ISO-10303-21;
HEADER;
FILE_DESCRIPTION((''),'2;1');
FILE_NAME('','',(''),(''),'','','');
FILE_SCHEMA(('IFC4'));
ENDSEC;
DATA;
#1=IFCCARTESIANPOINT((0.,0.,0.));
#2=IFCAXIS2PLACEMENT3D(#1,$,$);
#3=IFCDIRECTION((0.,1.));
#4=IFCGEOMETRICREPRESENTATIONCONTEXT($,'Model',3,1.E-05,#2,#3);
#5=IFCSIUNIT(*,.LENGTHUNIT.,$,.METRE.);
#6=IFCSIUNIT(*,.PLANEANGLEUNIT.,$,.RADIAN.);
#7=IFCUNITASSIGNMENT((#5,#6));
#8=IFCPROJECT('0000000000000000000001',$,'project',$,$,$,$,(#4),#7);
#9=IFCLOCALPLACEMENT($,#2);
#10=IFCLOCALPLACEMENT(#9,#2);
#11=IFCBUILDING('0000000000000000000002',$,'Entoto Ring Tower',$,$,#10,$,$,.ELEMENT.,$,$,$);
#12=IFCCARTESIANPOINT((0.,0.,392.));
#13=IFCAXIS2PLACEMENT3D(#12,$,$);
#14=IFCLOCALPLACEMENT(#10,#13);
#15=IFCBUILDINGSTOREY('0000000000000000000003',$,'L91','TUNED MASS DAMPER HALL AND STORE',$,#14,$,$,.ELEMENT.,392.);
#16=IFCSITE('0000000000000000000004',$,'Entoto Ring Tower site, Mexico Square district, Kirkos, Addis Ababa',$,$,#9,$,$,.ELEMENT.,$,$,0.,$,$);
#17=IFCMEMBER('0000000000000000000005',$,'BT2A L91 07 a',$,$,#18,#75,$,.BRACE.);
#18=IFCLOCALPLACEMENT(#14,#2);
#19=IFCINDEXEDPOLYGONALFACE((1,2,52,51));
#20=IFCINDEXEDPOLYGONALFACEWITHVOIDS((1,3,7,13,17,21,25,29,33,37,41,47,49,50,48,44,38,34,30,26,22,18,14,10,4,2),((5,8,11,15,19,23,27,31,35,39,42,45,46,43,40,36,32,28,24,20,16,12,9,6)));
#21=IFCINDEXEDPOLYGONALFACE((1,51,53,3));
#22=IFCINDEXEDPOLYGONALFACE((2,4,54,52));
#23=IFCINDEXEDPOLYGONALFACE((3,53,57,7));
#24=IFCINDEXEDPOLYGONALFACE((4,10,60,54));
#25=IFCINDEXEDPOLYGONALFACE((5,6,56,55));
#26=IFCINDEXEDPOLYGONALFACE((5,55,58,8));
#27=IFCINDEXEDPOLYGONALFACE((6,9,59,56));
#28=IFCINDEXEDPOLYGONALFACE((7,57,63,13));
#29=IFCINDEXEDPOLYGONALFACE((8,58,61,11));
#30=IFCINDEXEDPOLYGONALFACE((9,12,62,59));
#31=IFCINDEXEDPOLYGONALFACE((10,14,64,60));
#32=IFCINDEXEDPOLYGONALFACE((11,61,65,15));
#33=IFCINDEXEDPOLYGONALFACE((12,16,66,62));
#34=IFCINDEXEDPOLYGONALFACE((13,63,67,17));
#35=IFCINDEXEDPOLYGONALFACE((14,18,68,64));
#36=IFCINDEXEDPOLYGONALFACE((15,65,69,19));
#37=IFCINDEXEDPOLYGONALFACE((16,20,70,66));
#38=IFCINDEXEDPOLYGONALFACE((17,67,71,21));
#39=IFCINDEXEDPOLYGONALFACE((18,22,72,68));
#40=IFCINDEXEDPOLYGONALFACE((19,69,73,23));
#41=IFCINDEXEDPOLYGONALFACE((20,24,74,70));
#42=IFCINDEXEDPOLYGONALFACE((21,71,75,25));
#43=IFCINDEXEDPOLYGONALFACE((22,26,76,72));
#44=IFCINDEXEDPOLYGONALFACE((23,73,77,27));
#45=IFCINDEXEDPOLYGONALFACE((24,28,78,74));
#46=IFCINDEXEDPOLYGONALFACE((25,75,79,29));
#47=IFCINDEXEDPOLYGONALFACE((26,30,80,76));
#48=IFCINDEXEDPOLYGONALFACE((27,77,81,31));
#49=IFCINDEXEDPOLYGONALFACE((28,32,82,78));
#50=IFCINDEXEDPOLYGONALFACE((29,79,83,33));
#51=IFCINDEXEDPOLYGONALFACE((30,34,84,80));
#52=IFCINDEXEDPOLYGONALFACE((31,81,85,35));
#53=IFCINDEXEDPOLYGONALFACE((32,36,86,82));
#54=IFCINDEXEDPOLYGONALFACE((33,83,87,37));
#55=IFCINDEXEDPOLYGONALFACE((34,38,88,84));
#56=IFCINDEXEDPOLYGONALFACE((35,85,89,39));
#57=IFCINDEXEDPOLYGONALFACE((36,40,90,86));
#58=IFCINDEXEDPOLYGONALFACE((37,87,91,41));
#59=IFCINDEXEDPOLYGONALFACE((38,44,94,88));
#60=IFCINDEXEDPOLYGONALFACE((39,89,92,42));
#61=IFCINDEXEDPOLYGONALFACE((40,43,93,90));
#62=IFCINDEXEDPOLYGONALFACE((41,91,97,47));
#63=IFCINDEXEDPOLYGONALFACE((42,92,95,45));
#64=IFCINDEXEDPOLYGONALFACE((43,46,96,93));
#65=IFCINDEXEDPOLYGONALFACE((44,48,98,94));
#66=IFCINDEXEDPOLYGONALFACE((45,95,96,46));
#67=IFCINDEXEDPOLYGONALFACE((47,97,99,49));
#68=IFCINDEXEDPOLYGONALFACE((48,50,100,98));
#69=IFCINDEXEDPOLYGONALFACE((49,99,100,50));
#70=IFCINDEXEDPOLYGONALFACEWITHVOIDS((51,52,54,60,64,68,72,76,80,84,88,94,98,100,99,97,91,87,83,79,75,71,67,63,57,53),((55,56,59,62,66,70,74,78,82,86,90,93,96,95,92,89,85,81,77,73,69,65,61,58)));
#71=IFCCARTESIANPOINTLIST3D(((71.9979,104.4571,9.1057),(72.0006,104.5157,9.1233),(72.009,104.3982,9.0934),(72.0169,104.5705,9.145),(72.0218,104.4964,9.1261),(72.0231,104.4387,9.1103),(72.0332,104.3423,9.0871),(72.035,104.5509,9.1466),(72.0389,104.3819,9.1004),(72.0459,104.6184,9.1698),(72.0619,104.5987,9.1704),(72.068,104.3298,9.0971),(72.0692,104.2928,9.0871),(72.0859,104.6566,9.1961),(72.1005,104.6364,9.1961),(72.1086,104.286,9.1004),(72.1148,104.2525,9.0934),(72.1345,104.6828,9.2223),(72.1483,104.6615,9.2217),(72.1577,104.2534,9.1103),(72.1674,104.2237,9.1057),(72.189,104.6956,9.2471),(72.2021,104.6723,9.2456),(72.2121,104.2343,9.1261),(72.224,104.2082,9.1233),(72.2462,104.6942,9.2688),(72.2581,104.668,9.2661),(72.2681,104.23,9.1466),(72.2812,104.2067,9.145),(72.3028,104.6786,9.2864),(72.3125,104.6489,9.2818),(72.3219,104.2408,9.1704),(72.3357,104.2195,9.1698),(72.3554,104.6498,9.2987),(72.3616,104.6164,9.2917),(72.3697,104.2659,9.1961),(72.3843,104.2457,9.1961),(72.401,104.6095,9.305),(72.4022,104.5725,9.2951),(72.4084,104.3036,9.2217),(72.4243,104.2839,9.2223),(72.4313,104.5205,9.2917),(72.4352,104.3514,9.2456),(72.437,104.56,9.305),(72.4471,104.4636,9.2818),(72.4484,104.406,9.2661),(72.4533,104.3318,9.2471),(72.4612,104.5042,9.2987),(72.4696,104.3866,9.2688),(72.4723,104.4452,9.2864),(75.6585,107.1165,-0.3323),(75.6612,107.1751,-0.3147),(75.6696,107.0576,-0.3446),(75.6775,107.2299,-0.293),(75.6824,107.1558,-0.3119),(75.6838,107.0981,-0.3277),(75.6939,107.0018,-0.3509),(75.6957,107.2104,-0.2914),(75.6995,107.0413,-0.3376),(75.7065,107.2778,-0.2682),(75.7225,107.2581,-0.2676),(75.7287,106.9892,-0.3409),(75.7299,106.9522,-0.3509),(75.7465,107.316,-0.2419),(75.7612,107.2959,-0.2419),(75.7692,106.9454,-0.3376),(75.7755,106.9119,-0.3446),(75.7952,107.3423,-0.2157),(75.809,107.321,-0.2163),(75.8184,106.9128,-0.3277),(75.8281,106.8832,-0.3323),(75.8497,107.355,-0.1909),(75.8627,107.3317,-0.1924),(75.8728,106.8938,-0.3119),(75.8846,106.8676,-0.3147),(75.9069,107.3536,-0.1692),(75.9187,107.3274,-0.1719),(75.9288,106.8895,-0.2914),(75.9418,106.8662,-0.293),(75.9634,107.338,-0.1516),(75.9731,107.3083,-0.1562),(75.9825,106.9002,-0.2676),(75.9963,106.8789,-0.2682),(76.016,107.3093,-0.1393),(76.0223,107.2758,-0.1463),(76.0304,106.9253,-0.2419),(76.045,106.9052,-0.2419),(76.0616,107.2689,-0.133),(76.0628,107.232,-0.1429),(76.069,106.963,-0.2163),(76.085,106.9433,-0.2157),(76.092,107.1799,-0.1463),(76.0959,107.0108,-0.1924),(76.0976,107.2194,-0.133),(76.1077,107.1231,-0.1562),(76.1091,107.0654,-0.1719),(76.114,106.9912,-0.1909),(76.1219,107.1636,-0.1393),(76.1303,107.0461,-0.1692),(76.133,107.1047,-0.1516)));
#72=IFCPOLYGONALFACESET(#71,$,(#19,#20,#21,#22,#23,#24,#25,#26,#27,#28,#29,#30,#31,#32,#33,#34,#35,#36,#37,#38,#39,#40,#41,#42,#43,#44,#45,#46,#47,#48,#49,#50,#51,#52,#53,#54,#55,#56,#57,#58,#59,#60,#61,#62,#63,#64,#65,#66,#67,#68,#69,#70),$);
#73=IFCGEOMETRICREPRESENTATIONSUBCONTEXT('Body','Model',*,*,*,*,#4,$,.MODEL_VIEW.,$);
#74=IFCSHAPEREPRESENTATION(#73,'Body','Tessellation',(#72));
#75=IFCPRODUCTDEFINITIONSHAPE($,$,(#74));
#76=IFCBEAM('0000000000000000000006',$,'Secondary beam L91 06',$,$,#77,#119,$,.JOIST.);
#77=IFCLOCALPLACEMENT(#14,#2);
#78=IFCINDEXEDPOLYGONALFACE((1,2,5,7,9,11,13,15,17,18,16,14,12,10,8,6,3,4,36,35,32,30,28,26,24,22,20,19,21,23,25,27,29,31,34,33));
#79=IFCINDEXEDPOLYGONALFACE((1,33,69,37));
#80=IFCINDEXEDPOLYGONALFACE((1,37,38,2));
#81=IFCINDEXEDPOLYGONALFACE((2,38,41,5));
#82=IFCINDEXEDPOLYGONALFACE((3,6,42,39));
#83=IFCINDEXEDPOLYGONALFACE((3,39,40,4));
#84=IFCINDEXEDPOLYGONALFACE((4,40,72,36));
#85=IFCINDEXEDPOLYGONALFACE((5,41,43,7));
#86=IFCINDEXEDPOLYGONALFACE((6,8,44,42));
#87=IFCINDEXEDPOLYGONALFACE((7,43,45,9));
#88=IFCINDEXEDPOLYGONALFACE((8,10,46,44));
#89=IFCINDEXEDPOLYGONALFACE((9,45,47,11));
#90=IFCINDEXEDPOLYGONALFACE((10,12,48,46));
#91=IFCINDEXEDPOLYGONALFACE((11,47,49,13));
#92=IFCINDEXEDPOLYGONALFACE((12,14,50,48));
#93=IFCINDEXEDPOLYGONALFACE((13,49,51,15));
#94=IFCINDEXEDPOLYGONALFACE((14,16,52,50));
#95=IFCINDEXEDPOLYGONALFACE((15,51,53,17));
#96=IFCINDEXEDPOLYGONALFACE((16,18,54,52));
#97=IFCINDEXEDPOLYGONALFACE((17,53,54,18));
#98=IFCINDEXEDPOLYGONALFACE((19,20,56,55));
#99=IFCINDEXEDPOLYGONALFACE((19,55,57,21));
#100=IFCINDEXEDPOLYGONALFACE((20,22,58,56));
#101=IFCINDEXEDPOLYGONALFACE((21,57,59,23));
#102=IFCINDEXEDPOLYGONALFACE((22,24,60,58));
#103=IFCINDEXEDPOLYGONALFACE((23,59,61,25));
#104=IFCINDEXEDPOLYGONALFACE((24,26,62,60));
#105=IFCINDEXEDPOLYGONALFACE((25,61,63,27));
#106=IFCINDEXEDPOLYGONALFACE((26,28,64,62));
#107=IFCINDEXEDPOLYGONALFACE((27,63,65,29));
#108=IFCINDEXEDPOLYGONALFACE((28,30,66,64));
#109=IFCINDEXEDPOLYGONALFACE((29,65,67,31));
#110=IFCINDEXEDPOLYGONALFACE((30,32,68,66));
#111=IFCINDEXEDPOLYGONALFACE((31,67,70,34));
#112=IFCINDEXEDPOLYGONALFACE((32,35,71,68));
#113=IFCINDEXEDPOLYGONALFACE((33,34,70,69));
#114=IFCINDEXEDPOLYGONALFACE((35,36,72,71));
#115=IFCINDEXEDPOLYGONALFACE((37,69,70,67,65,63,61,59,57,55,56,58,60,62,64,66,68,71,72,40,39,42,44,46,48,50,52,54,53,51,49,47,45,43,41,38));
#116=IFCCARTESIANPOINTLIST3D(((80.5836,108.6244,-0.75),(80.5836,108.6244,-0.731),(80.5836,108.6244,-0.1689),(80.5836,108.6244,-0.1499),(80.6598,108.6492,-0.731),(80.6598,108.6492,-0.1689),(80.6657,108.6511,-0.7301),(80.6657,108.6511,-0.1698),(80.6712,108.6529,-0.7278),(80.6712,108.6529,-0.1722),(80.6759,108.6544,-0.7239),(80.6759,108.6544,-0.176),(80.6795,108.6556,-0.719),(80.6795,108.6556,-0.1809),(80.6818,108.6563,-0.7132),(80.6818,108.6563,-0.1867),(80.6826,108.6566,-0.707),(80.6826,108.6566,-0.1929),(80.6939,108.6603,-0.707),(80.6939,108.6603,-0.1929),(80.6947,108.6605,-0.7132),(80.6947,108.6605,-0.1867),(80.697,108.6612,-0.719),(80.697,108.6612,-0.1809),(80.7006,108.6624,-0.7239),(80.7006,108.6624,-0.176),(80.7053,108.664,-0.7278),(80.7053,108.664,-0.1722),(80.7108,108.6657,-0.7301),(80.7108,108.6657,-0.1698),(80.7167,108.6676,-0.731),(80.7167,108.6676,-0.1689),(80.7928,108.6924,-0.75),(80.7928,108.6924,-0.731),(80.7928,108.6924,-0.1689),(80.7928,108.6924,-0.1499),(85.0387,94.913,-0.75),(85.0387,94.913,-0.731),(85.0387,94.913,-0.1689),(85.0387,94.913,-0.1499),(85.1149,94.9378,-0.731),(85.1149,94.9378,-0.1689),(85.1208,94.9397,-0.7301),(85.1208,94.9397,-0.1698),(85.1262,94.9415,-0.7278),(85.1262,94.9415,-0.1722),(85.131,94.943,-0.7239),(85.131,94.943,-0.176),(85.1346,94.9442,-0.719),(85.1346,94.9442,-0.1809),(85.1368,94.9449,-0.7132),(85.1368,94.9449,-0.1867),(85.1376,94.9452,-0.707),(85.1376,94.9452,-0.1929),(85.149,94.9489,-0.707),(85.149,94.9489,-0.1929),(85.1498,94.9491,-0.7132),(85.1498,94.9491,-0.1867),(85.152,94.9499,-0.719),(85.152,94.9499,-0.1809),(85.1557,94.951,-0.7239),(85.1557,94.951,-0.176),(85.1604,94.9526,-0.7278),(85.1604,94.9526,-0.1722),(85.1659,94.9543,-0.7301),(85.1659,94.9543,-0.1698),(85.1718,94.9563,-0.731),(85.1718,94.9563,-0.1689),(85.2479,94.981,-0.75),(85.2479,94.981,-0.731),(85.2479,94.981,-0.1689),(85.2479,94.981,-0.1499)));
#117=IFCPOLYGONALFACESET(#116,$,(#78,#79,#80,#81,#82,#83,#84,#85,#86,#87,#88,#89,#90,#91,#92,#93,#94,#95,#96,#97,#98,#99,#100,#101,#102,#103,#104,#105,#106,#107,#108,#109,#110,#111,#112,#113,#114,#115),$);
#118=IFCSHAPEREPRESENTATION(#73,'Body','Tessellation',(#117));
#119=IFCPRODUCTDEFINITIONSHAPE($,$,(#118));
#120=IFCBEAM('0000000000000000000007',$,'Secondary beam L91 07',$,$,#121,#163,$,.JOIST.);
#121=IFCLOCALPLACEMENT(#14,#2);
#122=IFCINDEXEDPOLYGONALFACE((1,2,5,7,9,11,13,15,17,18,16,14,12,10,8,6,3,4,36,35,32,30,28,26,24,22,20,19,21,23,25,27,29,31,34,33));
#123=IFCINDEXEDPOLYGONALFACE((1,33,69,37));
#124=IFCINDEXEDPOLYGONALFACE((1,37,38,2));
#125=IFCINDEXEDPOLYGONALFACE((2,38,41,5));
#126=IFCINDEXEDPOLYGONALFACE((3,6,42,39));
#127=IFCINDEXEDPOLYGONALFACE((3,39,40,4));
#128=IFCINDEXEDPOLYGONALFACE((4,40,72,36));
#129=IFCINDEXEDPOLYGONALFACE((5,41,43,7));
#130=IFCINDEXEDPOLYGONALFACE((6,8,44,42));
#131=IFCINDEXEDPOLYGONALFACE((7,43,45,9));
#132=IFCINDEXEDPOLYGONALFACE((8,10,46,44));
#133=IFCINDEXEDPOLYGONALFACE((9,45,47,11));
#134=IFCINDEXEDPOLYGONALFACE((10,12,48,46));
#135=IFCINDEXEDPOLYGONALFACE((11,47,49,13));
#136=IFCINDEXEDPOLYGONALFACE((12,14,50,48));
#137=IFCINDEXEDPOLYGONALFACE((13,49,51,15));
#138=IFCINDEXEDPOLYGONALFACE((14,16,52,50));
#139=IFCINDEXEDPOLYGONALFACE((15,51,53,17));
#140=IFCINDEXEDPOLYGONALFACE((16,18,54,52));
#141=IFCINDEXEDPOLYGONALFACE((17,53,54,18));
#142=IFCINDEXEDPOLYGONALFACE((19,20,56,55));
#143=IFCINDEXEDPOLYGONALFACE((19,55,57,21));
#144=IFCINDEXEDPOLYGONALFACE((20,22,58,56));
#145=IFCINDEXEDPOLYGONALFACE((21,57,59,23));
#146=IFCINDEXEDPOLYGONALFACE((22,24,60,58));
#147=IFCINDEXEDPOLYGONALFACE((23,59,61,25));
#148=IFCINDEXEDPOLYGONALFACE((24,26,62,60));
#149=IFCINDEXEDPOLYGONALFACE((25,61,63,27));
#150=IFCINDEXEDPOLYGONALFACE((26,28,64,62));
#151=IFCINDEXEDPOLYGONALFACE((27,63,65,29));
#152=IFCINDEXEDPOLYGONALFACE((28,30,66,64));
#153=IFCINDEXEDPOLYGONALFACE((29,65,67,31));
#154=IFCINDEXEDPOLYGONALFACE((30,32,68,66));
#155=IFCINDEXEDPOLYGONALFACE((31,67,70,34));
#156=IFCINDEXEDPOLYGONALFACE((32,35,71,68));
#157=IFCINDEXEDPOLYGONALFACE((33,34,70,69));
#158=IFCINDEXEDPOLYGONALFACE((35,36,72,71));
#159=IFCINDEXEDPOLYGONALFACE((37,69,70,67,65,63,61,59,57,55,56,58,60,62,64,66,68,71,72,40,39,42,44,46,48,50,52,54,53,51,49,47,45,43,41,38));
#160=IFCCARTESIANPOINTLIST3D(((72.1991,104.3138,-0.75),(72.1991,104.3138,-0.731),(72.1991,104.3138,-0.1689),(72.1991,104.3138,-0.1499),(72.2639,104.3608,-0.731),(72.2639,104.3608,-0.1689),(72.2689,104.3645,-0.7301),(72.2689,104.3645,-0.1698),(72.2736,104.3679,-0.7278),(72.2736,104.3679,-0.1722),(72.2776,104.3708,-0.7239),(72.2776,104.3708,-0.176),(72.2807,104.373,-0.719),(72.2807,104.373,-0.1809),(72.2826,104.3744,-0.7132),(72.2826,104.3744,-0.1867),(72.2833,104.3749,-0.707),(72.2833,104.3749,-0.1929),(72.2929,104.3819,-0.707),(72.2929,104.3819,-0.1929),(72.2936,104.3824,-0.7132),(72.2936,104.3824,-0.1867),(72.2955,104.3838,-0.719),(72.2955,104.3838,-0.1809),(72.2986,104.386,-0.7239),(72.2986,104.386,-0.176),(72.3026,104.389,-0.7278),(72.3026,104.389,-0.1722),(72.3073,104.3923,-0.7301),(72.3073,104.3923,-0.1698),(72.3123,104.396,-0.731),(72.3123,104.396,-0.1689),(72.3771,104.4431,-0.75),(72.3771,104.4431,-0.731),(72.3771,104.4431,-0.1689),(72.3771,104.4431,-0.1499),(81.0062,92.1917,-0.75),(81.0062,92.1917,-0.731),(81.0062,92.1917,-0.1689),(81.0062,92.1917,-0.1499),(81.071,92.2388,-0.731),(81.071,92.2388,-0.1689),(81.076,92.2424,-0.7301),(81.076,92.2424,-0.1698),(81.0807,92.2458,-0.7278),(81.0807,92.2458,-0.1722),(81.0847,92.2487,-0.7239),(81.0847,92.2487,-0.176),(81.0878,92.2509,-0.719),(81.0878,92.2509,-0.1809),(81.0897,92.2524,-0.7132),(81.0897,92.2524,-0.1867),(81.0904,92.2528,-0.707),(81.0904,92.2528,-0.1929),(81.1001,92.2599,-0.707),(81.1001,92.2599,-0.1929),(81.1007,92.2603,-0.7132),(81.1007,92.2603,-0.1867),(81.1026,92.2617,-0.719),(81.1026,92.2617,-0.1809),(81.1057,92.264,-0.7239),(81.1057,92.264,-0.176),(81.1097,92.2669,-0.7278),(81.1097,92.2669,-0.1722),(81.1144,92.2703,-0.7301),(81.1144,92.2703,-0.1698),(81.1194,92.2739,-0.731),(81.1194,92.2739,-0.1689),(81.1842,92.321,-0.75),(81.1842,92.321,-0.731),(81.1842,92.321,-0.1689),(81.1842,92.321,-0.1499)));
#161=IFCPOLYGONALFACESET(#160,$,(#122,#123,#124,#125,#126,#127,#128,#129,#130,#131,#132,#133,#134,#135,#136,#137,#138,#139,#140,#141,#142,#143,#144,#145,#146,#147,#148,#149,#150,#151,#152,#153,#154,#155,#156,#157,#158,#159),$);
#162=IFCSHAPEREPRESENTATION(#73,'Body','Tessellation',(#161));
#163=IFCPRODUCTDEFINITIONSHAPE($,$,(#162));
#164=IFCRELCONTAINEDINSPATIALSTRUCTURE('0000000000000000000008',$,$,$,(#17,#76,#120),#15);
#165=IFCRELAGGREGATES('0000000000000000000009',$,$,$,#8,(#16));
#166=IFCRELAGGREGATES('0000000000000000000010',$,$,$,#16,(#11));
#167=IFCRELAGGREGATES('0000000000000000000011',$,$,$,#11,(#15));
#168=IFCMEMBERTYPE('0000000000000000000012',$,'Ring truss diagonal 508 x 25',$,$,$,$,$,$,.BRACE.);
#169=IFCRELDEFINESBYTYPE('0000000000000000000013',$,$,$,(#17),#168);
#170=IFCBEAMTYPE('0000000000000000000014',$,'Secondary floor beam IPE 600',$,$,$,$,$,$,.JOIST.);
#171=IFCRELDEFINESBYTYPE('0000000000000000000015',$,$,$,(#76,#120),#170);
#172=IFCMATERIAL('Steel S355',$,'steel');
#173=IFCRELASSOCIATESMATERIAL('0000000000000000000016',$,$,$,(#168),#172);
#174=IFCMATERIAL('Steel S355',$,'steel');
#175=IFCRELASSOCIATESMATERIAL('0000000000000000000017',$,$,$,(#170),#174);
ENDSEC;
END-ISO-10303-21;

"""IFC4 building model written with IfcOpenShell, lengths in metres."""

from ifc_helpers import new_model, si_unit, direction, frame, origin, origin_2d, place, context, subcontext, project, spatial, circle, hollow_circle, i_section, extrude, material, material_profile, profile_set, type_object, element, save


model = new_model("IFC4")

# Units and contexts
model_context = context("Model", 3, precision=1e-05, world=origin(), true_north=direction((0.0, 1.0)))
body_context = subcontext(model_context, "Body", "Model", "MODEL_VIEW")
ifc_project = project(units=[si_unit("LENGTHUNIT", "METRE"), si_unit("PLANEANGLEUNIT", "RADIAN")], contexts=[model_context])

# Site, building, storey
site_placement = place(None, origin())
site = spatial("IfcSite", under=ifc_project, at=site_placement, Name="Entoto Ring Tower site, Mexico Square district, Kirkos, Addis Ababa", CompositionType="ELEMENT", RefElevation=0.0)
building_placement = place(site_placement, origin())
building = spatial("IfcBuilding", under=site, at=building_placement, Name="Entoto Ring Tower", CompositionType="ELEMENT")
storey_placement = place(building_placement, frame((0.0, 0.0, 392.0)))
storey = spatial("IfcBuildingStorey", under=building, at=storey_placement, Name="L91", Description="TUNED MASS DAMPER HALL AND STORE", CompositionType="ELEMENT", Elevation=392.0)

# Member
ifc_material_1 = material(Name="Steel S355", Category="steel")
ifc_material_profile_1 = material_profile(ifc_material_1, hollow_circle(Radius=0.2539, WallThickness=0.0249, at=origin_2d()), Name="CHS 508 x 25")
ifc_material_2 = material(Name="Concrete C60/75", Category="concrete")
ifc_material_profile_2 = material_profile(ifc_material_2, circle(Radius=0.229, at=origin_2d()), Name="Concrete C60/75 infill")
ifc_profile_set_1 = profile_set([ifc_material_profile_1, ifc_material_profile_2], Name="Steel S355")
member_type_1 = type_object("IfcMemberType", Name="Ring truss diagonal 508 x 25", PredefinedType="BRACE", material=ifc_profile_set_1)
for number, where, z_axis, x_axis, name in (
    (1, (75.8958, 107.1106, -0.2419), (-0.349747, -0.254088, 0.901729), (0.587758, -0.809037, 0.0), "BT2A L91 07 a"),
):
    element("IfcMember", number, at=place(storey_placement, frame(where, z_axis=z_axis, x_axis=x_axis)), inside=storey, type_object=member_type_1, Name=name, PredefinedType="BRACE", context=body_context, shape_type="SweptSolid", body=[
        extrude(hollow_circle(Radius=0.2539, WallThickness=0.0249, at=origin_2d()), origin(), (0.0, 0.0, 1.0), 10.4666),
    ])

# Beams
ifc_material_3 = material(Name="Steel S355", Category="steel")
ifc_material_profile_3 = material_profile(ifc_material_3, i_section(OverallWidth=0.22, OverallDepth=0.6001, WebThickness=0.012, FlangeThickness=0.019, FilletRadius=0.0239, at=origin_2d()), Name="IPE 600")
ifc_profile_set_2 = profile_set([ifc_material_profile_3], Name="Steel S355")
beam_type_1 = type_object("IfcBeamType", Name="Secondary floor beam IPE 600", PredefinedType="JOIST", material=ifc_profile_set_2)
beam_1_placement = place(storey_placement, frame((85.1433, 94.947, -0.45), z_axis=(-0.309015, 0.951057, 0.0), x_axis=(-0.951057, -0.309015, 0.0)))
element("IfcBeam", 2, at=beam_1_placement, inside=storey, type_object=beam_type_1, Name="Secondary beam L91 06", PredefinedType="JOIST", context=body_context, shape_type="SweptSolid", body=[
    extrude(i_section(OverallWidth=0.22, OverallDepth=0.6001, WebThickness=0.012, FlangeThickness=0.019, FilletRadius=0.0239, at=origin_2d()), origin(), (0.0, 0.0, 1.0), 14.417),
])
beam_2_placement = place(storey_placement, frame((81.0952, 92.2563, -0.45), z_axis=(-0.587782, 0.809019, 0.0), x_axis=(-0.809019, -0.587782, 0.0)))
element("IfcBeam", 3, at=beam_2_placement, inside=storey, type_object=beam_type_1, Name="Secondary beam L91 07", PredefinedType="JOIST", context=body_context, shape_type="SweptSolid", body=[
    extrude(i_section(OverallWidth=0.22, OverallDepth=0.6001, WebThickness=0.012, FlangeThickness=0.019, FilletRadius=0.0239, at=origin_2d()), origin(), (0.0, 0.0, 1.0), 14.9836),
])

save(model, "model.ifc")
